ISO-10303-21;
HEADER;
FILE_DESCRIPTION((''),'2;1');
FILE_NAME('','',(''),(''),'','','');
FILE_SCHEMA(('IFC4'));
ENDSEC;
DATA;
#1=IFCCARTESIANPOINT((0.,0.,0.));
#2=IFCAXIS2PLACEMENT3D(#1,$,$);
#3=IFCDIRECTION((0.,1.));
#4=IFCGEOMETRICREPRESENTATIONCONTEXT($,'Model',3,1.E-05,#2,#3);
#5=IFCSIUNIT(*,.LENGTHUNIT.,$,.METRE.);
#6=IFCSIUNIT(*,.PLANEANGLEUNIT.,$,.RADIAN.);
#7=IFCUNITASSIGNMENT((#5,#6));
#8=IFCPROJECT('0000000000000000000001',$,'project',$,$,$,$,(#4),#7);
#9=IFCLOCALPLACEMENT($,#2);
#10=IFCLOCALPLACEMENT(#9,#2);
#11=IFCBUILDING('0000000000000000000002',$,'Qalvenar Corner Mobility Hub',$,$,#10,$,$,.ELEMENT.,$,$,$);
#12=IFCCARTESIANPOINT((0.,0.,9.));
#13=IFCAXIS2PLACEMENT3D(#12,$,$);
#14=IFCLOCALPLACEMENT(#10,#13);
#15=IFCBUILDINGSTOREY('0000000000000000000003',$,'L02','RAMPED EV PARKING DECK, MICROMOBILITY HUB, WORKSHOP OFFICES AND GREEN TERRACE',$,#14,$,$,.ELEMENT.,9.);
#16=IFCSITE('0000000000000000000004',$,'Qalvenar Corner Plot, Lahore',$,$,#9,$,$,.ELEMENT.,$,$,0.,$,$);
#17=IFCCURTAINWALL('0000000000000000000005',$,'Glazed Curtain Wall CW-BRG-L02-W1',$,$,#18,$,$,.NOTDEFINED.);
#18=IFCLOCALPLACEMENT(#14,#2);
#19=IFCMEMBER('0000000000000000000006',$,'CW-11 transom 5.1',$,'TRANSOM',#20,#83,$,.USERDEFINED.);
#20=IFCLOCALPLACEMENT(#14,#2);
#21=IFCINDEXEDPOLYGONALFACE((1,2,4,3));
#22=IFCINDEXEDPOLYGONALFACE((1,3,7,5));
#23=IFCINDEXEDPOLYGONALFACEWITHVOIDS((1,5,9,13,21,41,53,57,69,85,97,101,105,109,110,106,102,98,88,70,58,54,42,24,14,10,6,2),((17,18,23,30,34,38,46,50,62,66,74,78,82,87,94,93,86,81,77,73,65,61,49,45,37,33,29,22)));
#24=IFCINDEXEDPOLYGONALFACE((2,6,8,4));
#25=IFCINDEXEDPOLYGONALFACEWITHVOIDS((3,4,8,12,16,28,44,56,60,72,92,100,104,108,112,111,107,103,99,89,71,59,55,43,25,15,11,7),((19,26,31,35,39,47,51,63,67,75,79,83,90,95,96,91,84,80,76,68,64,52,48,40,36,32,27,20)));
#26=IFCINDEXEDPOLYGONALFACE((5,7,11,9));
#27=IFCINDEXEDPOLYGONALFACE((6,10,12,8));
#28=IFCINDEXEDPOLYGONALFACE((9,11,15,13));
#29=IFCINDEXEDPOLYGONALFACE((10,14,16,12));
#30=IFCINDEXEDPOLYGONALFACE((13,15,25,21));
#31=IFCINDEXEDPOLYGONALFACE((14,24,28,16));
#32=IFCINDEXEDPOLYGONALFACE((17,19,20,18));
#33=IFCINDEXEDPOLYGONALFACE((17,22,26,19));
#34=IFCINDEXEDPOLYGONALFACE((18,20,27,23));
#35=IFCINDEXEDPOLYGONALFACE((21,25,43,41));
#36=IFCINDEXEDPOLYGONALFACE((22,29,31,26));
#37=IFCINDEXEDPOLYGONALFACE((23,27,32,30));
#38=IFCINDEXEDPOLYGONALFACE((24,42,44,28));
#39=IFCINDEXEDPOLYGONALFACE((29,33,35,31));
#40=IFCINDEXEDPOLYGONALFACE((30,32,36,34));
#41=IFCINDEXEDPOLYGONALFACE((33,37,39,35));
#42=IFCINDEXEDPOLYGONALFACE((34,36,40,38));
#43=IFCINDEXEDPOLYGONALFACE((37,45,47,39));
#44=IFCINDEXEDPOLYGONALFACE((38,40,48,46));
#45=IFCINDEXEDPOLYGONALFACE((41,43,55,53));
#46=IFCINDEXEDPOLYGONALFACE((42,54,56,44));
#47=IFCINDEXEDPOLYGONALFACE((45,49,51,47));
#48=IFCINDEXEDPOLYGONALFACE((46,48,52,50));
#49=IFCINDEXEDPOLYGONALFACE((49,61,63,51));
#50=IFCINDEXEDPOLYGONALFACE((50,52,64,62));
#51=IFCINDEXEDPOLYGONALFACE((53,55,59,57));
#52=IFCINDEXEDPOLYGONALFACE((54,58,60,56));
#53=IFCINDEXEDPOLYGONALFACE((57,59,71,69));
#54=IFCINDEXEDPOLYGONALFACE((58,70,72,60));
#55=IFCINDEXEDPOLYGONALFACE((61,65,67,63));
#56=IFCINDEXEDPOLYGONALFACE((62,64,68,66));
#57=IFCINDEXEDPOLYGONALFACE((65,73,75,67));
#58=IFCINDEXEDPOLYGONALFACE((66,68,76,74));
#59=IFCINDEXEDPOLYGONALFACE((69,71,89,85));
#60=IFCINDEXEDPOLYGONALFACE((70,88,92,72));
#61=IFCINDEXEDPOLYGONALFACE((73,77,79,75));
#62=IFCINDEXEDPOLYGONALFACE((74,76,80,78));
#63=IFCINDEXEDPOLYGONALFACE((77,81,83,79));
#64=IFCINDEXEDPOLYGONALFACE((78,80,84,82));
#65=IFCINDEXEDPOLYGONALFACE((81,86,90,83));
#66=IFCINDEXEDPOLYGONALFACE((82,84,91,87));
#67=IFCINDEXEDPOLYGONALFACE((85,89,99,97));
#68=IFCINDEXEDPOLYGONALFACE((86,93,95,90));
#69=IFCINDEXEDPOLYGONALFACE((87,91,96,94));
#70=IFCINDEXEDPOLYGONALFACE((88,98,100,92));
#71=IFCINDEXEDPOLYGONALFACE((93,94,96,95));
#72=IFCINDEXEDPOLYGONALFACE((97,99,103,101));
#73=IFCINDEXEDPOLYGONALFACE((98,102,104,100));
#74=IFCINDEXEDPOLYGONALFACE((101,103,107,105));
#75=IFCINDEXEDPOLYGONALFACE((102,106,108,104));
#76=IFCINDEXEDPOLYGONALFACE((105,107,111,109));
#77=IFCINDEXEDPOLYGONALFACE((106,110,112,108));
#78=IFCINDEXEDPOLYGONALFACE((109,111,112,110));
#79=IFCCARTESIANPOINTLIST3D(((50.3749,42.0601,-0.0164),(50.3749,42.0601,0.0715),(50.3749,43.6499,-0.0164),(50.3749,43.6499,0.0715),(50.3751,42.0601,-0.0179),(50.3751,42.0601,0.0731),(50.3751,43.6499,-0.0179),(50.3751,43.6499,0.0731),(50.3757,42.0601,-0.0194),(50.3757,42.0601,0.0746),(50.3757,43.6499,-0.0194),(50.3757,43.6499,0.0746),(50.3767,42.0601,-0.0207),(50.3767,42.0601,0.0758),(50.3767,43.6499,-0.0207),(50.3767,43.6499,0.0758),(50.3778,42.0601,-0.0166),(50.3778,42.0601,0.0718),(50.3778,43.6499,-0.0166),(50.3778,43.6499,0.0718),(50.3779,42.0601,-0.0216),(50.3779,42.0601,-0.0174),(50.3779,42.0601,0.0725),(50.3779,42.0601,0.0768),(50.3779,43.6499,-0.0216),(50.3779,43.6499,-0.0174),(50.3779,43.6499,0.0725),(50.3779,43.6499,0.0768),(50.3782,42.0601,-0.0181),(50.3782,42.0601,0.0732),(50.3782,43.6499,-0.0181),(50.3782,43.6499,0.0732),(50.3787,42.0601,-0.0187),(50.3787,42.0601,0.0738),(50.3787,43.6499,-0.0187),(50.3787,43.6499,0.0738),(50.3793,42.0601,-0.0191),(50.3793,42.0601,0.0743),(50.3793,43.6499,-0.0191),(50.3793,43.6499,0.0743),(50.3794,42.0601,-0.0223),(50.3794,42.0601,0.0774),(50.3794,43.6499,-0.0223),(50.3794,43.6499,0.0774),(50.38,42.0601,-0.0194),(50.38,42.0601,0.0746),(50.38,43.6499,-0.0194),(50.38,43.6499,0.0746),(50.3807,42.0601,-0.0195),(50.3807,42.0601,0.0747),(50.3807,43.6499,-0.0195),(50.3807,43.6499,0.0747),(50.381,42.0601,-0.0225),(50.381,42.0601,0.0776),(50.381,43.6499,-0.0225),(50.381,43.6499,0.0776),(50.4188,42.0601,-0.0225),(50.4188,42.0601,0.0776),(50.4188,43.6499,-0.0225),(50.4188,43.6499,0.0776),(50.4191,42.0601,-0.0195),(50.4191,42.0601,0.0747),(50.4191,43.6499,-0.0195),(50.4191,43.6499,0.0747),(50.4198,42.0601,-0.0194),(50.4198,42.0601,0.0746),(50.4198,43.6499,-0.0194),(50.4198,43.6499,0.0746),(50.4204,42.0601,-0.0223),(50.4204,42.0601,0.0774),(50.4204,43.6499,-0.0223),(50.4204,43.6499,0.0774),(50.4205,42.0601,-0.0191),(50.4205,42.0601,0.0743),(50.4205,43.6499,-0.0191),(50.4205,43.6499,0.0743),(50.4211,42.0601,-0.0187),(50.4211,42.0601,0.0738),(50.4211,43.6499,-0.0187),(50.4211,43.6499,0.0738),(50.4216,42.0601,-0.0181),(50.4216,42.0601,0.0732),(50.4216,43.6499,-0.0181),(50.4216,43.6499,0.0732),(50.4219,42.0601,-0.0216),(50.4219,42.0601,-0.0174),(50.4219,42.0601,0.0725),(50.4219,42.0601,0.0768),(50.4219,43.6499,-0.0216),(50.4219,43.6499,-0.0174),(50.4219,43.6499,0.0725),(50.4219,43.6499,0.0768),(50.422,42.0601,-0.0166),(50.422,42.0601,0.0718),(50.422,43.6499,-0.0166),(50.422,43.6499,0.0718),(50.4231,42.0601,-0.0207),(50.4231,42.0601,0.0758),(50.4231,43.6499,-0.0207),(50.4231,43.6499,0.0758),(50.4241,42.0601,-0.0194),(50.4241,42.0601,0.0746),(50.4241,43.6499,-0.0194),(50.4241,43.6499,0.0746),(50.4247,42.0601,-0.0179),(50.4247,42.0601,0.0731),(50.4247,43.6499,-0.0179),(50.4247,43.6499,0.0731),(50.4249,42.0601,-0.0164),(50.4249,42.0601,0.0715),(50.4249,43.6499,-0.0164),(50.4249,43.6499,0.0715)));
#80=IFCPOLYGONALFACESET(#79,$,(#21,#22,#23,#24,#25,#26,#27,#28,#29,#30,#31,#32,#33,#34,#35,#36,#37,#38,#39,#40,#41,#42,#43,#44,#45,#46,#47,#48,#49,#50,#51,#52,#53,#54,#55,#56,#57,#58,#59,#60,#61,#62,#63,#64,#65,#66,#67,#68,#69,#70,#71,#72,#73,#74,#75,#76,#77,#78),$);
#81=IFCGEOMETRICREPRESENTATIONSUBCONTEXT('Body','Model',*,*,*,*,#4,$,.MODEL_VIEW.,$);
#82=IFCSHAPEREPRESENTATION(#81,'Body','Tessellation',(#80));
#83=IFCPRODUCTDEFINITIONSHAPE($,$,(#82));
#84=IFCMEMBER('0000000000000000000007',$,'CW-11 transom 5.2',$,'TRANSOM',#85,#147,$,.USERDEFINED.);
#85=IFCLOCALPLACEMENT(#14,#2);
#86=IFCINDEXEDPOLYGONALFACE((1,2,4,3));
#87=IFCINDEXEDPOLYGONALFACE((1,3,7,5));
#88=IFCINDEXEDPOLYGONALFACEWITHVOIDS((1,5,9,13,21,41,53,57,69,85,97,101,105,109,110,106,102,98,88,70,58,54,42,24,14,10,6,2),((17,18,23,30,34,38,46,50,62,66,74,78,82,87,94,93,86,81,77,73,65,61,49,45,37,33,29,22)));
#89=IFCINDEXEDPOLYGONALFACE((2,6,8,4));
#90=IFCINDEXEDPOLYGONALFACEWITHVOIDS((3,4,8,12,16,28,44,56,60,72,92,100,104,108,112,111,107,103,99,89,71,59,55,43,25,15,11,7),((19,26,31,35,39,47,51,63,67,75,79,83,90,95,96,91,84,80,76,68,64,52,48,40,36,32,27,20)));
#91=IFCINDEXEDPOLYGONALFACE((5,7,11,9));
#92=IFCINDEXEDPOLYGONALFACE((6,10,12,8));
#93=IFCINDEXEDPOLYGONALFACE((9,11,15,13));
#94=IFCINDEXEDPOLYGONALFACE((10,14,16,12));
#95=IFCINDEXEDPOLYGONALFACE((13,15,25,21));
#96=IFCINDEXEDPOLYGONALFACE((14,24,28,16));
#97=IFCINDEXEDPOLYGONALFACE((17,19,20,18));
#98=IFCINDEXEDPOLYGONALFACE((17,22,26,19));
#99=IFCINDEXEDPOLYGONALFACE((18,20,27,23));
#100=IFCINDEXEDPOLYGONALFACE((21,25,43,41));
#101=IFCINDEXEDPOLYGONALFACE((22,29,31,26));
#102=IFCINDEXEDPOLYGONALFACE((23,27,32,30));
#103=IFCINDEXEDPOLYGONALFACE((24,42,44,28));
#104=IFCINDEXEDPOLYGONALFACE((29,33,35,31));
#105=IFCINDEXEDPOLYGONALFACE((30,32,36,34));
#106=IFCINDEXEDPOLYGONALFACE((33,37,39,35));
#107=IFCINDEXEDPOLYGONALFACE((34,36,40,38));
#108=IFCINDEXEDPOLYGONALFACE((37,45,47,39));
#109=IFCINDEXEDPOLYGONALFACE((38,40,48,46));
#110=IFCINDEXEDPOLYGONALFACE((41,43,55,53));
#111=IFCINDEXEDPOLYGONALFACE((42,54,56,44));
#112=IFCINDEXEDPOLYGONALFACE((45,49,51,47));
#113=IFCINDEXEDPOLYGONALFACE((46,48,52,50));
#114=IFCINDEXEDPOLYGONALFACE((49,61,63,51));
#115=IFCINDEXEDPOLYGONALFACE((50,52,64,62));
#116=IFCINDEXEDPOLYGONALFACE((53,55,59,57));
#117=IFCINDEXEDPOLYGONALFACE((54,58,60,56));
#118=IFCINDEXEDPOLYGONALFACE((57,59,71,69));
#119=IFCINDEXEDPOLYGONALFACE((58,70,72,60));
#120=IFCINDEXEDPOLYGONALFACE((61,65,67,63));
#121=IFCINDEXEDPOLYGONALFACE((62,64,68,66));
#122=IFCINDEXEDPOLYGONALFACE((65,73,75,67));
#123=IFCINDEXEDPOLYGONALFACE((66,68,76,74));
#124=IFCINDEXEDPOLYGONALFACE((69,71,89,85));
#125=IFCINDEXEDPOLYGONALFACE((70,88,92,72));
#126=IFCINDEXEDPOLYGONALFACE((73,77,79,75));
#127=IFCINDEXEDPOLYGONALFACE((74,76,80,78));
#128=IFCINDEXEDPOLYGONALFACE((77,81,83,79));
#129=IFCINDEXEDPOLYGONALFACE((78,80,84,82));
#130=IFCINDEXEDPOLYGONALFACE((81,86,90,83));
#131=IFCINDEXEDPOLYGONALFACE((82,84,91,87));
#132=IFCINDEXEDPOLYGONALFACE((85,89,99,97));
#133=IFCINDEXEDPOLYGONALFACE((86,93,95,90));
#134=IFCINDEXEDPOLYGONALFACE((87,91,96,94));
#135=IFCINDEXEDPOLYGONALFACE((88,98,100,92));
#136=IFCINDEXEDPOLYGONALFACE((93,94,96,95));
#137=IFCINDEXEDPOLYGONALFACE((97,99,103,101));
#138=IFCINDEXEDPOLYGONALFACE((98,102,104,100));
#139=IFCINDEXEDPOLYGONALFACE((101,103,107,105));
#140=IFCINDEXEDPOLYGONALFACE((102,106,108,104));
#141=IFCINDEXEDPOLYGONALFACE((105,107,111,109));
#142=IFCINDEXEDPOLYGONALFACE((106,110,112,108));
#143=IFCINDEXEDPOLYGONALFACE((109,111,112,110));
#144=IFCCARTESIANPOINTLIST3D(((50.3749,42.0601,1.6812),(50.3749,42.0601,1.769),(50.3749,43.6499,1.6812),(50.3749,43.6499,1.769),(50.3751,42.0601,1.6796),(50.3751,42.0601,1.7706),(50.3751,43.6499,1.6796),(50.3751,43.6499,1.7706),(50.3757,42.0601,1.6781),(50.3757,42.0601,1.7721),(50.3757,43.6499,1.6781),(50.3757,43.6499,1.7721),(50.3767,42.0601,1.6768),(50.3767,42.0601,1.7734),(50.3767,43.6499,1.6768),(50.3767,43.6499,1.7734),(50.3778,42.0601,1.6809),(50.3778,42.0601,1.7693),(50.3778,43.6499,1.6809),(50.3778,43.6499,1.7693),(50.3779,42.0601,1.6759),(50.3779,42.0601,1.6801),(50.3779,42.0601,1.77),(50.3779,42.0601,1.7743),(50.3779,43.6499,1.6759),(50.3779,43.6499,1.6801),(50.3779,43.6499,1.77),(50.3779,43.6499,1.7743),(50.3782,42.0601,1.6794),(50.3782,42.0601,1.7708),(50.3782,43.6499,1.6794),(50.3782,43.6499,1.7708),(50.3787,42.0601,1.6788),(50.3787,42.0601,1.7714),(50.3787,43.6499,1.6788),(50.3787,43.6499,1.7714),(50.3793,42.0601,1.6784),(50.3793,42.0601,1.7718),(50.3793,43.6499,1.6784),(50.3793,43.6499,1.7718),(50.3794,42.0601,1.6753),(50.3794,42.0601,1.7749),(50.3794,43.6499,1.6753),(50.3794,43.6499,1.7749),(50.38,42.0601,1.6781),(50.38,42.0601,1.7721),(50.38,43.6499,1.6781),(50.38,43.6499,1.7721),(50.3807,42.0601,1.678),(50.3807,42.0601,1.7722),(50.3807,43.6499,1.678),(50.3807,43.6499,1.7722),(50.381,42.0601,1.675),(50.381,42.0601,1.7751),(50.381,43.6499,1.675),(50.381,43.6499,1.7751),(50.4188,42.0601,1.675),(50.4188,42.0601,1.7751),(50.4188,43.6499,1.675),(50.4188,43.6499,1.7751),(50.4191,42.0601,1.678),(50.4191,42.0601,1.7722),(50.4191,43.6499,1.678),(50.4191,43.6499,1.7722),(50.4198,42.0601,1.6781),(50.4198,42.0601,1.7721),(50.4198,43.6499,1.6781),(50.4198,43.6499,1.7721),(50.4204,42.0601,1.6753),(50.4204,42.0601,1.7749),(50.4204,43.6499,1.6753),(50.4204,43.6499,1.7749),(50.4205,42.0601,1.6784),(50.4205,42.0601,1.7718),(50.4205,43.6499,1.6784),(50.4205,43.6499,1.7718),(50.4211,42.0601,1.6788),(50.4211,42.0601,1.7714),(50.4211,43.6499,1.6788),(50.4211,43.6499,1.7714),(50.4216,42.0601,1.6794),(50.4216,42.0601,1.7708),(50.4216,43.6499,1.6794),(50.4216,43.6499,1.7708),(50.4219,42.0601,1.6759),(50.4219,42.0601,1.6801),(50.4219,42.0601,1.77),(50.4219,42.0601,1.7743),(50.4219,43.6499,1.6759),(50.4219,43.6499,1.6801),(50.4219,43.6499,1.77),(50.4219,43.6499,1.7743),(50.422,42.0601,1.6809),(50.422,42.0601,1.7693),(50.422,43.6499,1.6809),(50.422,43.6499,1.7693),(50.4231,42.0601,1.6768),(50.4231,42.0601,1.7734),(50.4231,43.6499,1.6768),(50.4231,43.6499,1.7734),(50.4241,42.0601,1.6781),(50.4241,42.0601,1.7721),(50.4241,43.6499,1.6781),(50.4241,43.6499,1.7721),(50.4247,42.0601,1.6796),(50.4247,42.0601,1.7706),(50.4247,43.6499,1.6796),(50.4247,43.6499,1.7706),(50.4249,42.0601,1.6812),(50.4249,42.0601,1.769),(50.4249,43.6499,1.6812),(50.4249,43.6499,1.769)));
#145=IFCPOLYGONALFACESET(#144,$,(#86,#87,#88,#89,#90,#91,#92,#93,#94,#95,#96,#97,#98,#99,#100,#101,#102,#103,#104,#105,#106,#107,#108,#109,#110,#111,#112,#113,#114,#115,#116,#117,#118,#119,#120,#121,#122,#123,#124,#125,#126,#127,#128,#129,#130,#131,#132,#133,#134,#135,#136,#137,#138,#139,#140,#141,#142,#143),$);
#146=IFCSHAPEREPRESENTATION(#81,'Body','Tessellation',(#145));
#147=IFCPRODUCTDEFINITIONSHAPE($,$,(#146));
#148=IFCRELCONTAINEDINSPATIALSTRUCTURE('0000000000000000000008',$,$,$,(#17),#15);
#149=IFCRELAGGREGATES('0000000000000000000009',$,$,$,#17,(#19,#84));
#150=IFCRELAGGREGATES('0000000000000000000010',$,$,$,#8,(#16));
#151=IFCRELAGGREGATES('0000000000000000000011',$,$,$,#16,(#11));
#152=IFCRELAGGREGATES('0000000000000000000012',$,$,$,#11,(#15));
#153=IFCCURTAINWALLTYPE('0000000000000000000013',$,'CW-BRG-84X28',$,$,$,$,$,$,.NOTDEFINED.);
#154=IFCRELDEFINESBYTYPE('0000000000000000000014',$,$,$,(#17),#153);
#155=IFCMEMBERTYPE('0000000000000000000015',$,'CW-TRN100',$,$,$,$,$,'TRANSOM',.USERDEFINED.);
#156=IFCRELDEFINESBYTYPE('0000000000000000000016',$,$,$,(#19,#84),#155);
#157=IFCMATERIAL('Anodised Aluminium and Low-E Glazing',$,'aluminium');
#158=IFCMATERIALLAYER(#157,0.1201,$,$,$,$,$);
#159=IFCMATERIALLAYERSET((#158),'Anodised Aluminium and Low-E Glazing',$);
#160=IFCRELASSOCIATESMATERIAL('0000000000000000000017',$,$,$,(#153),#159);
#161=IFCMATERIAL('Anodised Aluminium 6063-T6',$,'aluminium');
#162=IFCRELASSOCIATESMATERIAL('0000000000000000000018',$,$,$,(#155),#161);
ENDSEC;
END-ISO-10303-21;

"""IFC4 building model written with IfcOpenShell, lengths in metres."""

from ifc_helpers import new_model, si_unit, direction, frame, origin, origin_2d, place, context, subcontext, project, spatial, hollow_rectangle, extrude, material, layer, layer_set, material_profile, profile_set, type_object, element, aggregate, save


model = new_model("IFC4")

# Units and contexts
model_context = context("Model", 3, precision=1e-05, world=origin(), true_north=direction((0.0, 1.0)))
body_context = subcontext(model_context, "Body", "Model", "MODEL_VIEW")
ifc_project = project(units=[si_unit("LENGTHUNIT", "METRE"), si_unit("PLANEANGLEUNIT", "RADIAN")], contexts=[model_context])

# Site, building, storey
site_placement = place(None, origin())
site = spatial("IfcSite", under=ifc_project, at=site_placement, Name="Qalvenar Corner Plot, Lahore", CompositionType="ELEMENT", RefElevation=0.0)
building_placement = place(site_placement, origin())
building = spatial("IfcBuilding", under=site, at=building_placement, Name="Qalvenar Corner Mobility Hub", CompositionType="ELEMENT")
storey_placement = place(building_placement, frame((0.0, 0.0, 9.0)))
storey = spatial("IfcBuildingStorey", under=building, at=storey_placement, Name="L02", Description="RAMPED EV PARKING DECK, MICROMOBILITY HUB, WORKSHOP OFFICES AND GREEN TERRACE", CompositionType="ELEMENT", Elevation=9.0)

# Curtain wall, members
ifc_material_1 = material(Name="Anodised Aluminium and Low-E Glazing", Category="aluminium")
ifc_layer_1 = layer(ifc_material_1, 0.1201)
ifc_layer_set_1 = layer_set([ifc_layer_1], Name="Anodised Aluminium and Low-E Glazing")
curtain_wall_type = type_object("IfcCurtainWallType", Name="CW-BRG-84X28", PredefinedType="NOTDEFINED", material=ifc_layer_set_1)
curtain_wall_placement = place(storey_placement, origin())
curtain_wall = element("IfcCurtainWall", 1, at=curtain_wall_placement, inside=storey, type_object=curtain_wall_type, Name="Glazed Curtain Wall CW-BRG-L02-W1", PredefinedType="NOTDEFINED")
ifc_material_2 = material(Name="Anodised Aluminium 6063-T6", Category="aluminium")
ifc_material_profile_1 = material_profile(ifc_material_2, hollow_rectangle(XDim=0.05, YDim=0.1001, WallThickness=0.0029, InnerFilletRadius=0.0029, OuterFilletRadius=0.0061, at=origin_2d()), Name="RHS100x50x3")
ifc_profile_set_1 = profile_set([ifc_material_profile_1], Name="Anodised Aluminium 6063-T6")
member_type_1 = type_object("IfcMemberType", Name="CW-TRN100", ElementType="TRANSOM", PredefinedType="USERDEFINED", material=ifc_profile_set_1)
member_1_placement = place(storey_placement, frame((50.3999, 43.6499, 0.0276), z_axis=(0.0, -1.0, 0.0), x_axis=(1.0, 0.0, 0.0)))
member_1 = element("IfcMember", 2, at=member_1_placement, type_object=member_type_1, Name="CW-11 transom 5.1", ObjectType="TRANSOM", PredefinedType="USERDEFINED", context=body_context, shape_type="SweptSolid", body=[
    extrude(hollow_rectangle(XDim=0.05, YDim=0.1001, WallThickness=0.0029, InnerFilletRadius=0.0029, OuterFilletRadius=0.0061, at=origin_2d()), origin(), (0.0, 0.0, 1.0), 1.5898),
])
member_2_placement = place(storey_placement, frame((50.3999, 43.6499, 1.7251), z_axis=(0.0, -1.0, 0.0), x_axis=(1.0, 0.0, 0.0)))
member_2 = element("IfcMember", 3, at=member_2_placement, type_object=member_type_1, Name="CW-11 transom 5.2", ObjectType="TRANSOM", PredefinedType="USERDEFINED", context=body_context, shape_type="SweptSolid", body=[
    extrude(hollow_rectangle(XDim=0.05, YDim=0.1001, WallThickness=0.0029, InnerFilletRadius=0.0029, OuterFilletRadius=0.0061, at=origin_2d()), origin(), (0.0, 0.0, 1.0), 1.5898),
])
aggregate(curtain_wall, [member_1, member_2])

save(model, "model.ifc")
